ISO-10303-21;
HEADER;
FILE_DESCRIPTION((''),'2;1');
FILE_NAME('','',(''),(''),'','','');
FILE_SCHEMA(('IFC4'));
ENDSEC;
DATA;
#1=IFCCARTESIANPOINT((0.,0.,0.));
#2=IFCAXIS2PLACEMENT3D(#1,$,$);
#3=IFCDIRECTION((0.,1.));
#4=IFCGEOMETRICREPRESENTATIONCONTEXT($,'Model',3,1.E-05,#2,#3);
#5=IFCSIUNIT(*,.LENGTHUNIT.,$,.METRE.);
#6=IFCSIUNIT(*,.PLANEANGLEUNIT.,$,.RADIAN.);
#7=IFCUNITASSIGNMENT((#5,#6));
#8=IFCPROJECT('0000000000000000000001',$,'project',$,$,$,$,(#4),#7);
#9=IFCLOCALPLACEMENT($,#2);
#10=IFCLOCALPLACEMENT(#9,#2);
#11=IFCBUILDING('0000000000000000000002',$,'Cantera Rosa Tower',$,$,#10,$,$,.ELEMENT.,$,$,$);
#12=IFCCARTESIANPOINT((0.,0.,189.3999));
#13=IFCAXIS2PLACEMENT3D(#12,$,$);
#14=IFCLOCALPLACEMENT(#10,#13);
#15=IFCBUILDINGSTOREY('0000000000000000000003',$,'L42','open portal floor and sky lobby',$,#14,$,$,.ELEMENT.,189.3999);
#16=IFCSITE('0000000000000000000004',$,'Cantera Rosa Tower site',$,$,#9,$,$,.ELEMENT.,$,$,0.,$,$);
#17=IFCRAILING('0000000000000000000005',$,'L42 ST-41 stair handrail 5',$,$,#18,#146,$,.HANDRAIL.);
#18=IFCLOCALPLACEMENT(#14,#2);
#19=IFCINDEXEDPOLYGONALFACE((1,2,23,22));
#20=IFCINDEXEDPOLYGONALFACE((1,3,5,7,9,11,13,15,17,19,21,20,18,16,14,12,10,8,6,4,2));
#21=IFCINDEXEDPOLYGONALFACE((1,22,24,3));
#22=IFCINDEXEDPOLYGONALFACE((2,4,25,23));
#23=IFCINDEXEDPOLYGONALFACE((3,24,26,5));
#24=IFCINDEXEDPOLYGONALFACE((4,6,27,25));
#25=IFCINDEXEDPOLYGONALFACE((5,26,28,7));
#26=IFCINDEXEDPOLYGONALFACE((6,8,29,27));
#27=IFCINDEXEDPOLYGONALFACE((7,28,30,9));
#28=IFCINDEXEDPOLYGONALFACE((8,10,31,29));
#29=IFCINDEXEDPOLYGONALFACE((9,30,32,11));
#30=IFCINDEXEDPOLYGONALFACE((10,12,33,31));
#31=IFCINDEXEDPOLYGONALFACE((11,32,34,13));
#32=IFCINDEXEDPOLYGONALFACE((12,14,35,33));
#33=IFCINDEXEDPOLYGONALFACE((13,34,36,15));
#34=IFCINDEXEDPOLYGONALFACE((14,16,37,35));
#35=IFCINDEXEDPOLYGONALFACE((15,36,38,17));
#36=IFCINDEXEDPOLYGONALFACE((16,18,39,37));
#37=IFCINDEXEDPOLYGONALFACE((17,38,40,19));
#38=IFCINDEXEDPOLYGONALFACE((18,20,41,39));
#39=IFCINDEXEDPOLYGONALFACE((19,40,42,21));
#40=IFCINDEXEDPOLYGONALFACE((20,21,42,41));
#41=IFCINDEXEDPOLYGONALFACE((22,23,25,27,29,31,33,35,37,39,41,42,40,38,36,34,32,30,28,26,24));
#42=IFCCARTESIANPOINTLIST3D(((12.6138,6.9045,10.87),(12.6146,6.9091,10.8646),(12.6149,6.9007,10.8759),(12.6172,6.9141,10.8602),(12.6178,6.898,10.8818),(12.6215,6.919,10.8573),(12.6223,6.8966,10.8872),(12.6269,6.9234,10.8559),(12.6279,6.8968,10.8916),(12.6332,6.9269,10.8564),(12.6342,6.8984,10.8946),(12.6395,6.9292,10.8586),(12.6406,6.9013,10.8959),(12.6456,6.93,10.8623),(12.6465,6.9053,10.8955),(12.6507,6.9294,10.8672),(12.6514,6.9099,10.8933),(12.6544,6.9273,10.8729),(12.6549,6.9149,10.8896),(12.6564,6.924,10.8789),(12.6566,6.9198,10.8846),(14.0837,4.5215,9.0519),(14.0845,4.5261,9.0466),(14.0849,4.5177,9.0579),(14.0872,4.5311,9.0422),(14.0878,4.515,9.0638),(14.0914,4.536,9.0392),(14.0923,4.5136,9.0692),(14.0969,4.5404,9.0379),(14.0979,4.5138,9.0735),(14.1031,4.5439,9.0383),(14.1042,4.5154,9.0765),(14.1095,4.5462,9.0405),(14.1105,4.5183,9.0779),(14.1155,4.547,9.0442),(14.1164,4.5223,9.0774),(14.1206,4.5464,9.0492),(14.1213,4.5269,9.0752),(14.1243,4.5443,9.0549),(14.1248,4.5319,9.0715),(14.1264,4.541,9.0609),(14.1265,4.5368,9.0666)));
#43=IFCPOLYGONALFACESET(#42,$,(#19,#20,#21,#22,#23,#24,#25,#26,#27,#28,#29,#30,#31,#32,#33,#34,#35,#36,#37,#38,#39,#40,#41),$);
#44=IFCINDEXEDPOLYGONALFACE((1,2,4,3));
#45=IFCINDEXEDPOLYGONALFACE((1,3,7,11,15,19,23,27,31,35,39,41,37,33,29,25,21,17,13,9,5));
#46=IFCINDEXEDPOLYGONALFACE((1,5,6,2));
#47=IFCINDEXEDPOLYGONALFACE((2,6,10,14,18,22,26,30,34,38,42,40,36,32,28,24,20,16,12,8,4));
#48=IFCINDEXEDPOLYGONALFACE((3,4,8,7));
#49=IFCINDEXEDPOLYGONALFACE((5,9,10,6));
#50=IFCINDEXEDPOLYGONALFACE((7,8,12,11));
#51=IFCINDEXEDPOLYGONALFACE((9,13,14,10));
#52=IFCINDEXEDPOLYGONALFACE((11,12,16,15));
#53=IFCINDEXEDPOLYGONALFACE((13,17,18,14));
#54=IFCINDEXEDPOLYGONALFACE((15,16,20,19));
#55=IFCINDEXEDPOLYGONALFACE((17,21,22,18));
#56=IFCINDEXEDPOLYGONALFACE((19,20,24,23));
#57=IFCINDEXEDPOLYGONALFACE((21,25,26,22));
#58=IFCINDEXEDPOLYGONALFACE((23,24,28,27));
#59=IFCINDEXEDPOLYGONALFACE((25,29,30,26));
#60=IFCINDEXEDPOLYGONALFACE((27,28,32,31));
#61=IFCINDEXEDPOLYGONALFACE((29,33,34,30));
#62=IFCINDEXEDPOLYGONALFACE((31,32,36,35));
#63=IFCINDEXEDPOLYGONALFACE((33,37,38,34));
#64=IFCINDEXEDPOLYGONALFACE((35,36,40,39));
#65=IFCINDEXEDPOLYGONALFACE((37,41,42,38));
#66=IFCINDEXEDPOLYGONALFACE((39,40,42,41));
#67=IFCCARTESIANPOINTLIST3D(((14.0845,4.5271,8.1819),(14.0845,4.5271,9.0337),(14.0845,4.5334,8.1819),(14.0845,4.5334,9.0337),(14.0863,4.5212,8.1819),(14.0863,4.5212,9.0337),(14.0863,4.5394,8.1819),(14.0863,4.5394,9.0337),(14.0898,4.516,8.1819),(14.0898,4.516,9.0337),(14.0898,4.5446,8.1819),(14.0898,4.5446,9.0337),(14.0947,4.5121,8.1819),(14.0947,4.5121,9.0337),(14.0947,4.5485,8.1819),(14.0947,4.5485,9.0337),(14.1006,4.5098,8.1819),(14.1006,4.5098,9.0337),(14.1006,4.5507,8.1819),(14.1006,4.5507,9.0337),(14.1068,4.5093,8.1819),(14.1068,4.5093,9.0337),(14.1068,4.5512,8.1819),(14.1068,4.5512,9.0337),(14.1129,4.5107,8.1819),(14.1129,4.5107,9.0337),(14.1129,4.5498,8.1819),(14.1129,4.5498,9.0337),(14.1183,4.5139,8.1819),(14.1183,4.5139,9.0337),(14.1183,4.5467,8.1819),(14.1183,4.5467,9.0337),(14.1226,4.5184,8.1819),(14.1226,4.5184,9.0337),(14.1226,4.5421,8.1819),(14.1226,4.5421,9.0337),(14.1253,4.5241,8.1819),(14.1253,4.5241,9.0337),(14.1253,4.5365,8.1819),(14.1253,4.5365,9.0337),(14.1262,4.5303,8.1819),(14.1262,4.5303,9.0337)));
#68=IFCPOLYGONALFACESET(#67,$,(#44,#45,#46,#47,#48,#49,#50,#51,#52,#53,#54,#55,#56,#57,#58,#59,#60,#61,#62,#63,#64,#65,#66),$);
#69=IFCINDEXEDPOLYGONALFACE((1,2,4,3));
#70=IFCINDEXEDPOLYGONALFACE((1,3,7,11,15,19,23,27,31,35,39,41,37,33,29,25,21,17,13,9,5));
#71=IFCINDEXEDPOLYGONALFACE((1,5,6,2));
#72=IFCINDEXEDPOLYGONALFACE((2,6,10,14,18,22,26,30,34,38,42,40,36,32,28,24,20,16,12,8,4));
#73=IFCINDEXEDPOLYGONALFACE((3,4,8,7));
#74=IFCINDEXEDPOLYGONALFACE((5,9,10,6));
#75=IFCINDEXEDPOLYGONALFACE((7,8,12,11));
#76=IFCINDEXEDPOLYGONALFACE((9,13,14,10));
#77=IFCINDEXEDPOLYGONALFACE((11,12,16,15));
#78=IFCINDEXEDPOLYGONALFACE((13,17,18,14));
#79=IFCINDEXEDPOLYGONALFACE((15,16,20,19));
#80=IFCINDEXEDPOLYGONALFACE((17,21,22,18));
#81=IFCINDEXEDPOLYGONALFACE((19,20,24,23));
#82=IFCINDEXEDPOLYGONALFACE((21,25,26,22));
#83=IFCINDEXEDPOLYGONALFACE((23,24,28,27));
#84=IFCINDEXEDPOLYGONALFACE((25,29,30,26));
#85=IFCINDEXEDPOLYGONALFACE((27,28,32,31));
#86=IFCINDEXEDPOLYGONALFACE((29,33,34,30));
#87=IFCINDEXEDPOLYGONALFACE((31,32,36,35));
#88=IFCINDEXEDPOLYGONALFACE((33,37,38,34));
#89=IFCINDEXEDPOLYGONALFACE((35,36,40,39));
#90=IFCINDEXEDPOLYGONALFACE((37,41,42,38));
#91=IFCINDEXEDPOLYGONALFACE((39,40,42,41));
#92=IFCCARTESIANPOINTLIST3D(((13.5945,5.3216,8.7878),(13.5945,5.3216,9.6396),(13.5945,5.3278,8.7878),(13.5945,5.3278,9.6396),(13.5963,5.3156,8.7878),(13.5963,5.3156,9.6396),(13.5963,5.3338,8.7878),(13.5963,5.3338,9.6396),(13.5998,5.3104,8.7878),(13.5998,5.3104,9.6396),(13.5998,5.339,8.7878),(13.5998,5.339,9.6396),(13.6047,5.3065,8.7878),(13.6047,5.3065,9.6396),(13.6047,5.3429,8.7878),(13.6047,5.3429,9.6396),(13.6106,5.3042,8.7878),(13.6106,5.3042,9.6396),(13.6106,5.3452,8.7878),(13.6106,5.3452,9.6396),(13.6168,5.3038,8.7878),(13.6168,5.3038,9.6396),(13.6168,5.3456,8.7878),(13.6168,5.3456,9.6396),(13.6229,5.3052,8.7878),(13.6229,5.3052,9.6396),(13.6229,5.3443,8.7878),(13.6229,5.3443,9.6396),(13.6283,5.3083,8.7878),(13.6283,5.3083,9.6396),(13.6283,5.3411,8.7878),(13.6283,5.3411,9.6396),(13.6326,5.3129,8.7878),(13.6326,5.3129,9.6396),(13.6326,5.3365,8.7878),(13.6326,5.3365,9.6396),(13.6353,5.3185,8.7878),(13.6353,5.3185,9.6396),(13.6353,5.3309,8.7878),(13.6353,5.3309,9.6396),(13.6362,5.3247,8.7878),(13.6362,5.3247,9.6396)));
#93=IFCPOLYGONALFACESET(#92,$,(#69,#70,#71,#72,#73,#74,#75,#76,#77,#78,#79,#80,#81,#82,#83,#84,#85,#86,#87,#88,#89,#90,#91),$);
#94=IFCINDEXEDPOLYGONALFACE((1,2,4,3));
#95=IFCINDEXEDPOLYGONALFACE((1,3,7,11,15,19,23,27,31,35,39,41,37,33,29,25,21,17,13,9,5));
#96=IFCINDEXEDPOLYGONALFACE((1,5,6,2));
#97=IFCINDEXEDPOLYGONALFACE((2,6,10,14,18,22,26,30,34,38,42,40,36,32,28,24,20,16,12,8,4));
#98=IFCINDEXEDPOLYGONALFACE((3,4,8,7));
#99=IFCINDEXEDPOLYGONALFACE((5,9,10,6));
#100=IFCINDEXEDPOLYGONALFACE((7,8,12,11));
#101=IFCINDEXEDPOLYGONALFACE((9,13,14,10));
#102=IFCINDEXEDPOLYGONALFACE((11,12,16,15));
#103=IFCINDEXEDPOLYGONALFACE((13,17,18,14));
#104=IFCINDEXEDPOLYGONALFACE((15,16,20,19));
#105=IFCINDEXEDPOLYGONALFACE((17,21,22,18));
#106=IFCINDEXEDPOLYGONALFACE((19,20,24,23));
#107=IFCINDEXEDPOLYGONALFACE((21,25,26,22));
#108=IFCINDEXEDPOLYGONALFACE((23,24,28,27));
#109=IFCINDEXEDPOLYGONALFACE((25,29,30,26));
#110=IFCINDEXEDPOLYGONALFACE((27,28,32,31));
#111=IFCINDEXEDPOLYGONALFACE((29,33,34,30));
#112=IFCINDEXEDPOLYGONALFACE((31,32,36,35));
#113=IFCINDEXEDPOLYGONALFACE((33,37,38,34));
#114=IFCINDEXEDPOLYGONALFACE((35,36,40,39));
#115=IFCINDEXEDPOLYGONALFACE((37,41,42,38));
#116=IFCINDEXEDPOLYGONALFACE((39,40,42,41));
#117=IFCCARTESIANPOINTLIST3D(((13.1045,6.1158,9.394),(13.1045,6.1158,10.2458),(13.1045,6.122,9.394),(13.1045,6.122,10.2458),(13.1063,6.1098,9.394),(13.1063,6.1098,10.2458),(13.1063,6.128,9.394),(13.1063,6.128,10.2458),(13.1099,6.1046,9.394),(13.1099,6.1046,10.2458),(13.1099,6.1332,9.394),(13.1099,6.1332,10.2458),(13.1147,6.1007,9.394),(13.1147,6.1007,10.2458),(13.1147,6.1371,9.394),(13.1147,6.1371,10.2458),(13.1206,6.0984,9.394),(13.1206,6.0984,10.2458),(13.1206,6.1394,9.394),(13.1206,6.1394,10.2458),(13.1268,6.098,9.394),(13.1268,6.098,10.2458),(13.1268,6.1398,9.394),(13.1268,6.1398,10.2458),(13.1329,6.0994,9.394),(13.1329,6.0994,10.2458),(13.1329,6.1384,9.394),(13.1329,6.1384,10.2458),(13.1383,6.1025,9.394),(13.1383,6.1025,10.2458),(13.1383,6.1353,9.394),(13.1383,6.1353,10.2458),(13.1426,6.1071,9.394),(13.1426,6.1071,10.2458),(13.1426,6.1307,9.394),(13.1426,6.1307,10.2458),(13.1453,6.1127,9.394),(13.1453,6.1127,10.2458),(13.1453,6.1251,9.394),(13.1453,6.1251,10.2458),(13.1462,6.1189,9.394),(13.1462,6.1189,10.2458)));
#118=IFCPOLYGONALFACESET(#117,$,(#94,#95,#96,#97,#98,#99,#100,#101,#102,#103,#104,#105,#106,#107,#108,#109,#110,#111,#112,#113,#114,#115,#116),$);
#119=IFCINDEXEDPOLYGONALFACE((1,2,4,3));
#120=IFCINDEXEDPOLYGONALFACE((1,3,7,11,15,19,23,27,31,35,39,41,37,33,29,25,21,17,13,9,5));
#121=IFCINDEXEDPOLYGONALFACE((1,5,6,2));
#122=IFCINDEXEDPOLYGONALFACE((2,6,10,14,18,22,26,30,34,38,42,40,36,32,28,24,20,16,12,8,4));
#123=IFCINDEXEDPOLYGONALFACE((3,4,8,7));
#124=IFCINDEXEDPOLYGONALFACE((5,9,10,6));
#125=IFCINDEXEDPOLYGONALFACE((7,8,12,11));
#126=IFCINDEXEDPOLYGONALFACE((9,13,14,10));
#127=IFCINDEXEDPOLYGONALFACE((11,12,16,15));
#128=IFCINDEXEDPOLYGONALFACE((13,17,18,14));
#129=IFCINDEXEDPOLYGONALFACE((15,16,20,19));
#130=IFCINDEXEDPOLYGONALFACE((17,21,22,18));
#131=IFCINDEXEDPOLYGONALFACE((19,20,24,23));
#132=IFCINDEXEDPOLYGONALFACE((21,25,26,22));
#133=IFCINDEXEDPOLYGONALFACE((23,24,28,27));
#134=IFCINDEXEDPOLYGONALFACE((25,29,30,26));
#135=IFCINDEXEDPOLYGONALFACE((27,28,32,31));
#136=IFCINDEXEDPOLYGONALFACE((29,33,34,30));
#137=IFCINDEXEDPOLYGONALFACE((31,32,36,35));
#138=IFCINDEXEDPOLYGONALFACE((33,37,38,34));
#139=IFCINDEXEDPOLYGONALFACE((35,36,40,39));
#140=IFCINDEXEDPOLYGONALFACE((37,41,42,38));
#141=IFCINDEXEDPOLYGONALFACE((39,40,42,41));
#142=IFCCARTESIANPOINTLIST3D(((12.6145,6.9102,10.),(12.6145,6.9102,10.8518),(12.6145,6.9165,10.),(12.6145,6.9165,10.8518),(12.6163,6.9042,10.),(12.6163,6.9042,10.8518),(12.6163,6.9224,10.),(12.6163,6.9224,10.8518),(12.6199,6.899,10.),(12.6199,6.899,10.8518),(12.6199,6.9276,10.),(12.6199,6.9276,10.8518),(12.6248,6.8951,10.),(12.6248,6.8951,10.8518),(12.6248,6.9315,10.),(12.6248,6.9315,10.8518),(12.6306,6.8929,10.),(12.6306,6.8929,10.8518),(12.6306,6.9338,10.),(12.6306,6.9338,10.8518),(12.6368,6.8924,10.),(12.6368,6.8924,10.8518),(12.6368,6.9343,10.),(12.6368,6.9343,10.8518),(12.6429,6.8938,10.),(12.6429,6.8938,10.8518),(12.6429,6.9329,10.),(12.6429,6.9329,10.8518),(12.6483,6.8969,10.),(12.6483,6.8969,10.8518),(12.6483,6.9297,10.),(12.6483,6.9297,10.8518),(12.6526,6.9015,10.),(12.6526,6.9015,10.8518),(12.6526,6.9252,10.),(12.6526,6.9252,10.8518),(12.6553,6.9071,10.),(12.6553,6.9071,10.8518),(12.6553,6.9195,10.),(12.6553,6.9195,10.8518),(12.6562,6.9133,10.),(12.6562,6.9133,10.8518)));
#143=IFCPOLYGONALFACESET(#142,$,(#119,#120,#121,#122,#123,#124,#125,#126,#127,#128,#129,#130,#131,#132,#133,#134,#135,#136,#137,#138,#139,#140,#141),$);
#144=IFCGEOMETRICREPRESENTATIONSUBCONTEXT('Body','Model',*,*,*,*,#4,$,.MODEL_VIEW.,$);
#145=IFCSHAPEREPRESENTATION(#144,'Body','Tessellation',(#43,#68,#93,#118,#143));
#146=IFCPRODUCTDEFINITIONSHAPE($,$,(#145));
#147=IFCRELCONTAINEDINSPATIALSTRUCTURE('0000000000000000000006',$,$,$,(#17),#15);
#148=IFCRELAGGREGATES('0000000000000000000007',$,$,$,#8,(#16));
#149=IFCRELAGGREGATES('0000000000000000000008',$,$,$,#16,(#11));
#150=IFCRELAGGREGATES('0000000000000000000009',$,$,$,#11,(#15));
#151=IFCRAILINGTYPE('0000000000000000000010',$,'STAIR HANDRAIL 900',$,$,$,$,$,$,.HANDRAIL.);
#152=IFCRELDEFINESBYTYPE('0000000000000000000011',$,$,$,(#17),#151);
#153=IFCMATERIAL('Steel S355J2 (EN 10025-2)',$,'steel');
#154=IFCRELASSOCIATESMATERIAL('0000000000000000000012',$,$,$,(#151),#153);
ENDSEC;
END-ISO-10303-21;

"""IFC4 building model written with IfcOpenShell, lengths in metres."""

from ifc_helpers import new_model, si_unit, direction, frame, origin, origin_2d, place, context, subcontext, project, spatial, circle, extrude, material, type_object, element, save


model = new_model("IFC4")

# Units and contexts
model_context = context("Model", 3, precision=1e-05, world=origin(), true_north=direction((0.0, 1.0)))
body_context = subcontext(model_context, "Body", "Model", "MODEL_VIEW")
ifc_project = project(units=[si_unit("LENGTHUNIT", "METRE"), si_unit("PLANEANGLEUNIT", "RADIAN")], contexts=[model_context])

# Site, building, storey
site_placement = place(None, origin())
site = spatial("IfcSite", under=ifc_project, at=site_placement, Name="Cantera Rosa Tower site", CompositionType="ELEMENT", RefElevation=0.0)
building_placement = place(site_placement, origin())
building = spatial("IfcBuilding", under=site, at=building_placement, Name="Cantera Rosa Tower", CompositionType="ELEMENT")
storey_placement = place(building_placement, frame((0.0, 0.0, 189.3999)))
storey = spatial("IfcBuildingStorey", under=building, at=storey_placement, Name="L42", Description="open portal floor and sky lobby", CompositionType="ELEMENT", Elevation=189.3999)

# Railing
ifc_material_1 = material(Name="Steel S355J2 (EN 10025-2)", Category="steel")
railing_type_1 = type_object("IfcRailingType", Name="STAIR HANDRAIL 900", PredefinedType="HANDRAIL", material=ifc_material_1)
for number, where, name in (
    (1, (14.1052, 4.5303, 8.1819), "L42 ST-41 stair handrail 5"),
):
    element("IfcRailing", number, at=place(storey_placement, frame(where)), inside=storey, type_object=railing_type_1, Name=name, PredefinedType="HANDRAIL", context=body_context, shape_type="SweptSolid", body=[
        extrude(circle(Radius=0.0239, at=origin_2d()), frame((0.0, 0.0, 0.876), z_axis=(-0.440314, 0.713819, 0.544597), x_axis=(-0.851104, -0.524997, 0.0)), (0.0, 0.0, 1.0), 3.3384),
        extrude(circle(Radius=0.021, at=origin_2d()), origin(), (0.0, 0.0, 1.0), 0.8518),
        extrude(circle(Radius=0.021, at=origin_2d()), frame((-0.49, 0.7944, 0.606)), (0.0, 0.0, 1.0), 0.8518),
        extrude(circle(Radius=0.021, at=origin_2d()), frame((-0.98, 1.5886, 1.2122)), (0.0, 0.0, 1.0), 0.8518),
        extrude(circle(Radius=0.021, at=origin_2d()), frame((-1.47, 2.3831, 1.8181)), (0.0, 0.0, 1.0), 0.8518),
    ])

save(model, "model.ifc")
